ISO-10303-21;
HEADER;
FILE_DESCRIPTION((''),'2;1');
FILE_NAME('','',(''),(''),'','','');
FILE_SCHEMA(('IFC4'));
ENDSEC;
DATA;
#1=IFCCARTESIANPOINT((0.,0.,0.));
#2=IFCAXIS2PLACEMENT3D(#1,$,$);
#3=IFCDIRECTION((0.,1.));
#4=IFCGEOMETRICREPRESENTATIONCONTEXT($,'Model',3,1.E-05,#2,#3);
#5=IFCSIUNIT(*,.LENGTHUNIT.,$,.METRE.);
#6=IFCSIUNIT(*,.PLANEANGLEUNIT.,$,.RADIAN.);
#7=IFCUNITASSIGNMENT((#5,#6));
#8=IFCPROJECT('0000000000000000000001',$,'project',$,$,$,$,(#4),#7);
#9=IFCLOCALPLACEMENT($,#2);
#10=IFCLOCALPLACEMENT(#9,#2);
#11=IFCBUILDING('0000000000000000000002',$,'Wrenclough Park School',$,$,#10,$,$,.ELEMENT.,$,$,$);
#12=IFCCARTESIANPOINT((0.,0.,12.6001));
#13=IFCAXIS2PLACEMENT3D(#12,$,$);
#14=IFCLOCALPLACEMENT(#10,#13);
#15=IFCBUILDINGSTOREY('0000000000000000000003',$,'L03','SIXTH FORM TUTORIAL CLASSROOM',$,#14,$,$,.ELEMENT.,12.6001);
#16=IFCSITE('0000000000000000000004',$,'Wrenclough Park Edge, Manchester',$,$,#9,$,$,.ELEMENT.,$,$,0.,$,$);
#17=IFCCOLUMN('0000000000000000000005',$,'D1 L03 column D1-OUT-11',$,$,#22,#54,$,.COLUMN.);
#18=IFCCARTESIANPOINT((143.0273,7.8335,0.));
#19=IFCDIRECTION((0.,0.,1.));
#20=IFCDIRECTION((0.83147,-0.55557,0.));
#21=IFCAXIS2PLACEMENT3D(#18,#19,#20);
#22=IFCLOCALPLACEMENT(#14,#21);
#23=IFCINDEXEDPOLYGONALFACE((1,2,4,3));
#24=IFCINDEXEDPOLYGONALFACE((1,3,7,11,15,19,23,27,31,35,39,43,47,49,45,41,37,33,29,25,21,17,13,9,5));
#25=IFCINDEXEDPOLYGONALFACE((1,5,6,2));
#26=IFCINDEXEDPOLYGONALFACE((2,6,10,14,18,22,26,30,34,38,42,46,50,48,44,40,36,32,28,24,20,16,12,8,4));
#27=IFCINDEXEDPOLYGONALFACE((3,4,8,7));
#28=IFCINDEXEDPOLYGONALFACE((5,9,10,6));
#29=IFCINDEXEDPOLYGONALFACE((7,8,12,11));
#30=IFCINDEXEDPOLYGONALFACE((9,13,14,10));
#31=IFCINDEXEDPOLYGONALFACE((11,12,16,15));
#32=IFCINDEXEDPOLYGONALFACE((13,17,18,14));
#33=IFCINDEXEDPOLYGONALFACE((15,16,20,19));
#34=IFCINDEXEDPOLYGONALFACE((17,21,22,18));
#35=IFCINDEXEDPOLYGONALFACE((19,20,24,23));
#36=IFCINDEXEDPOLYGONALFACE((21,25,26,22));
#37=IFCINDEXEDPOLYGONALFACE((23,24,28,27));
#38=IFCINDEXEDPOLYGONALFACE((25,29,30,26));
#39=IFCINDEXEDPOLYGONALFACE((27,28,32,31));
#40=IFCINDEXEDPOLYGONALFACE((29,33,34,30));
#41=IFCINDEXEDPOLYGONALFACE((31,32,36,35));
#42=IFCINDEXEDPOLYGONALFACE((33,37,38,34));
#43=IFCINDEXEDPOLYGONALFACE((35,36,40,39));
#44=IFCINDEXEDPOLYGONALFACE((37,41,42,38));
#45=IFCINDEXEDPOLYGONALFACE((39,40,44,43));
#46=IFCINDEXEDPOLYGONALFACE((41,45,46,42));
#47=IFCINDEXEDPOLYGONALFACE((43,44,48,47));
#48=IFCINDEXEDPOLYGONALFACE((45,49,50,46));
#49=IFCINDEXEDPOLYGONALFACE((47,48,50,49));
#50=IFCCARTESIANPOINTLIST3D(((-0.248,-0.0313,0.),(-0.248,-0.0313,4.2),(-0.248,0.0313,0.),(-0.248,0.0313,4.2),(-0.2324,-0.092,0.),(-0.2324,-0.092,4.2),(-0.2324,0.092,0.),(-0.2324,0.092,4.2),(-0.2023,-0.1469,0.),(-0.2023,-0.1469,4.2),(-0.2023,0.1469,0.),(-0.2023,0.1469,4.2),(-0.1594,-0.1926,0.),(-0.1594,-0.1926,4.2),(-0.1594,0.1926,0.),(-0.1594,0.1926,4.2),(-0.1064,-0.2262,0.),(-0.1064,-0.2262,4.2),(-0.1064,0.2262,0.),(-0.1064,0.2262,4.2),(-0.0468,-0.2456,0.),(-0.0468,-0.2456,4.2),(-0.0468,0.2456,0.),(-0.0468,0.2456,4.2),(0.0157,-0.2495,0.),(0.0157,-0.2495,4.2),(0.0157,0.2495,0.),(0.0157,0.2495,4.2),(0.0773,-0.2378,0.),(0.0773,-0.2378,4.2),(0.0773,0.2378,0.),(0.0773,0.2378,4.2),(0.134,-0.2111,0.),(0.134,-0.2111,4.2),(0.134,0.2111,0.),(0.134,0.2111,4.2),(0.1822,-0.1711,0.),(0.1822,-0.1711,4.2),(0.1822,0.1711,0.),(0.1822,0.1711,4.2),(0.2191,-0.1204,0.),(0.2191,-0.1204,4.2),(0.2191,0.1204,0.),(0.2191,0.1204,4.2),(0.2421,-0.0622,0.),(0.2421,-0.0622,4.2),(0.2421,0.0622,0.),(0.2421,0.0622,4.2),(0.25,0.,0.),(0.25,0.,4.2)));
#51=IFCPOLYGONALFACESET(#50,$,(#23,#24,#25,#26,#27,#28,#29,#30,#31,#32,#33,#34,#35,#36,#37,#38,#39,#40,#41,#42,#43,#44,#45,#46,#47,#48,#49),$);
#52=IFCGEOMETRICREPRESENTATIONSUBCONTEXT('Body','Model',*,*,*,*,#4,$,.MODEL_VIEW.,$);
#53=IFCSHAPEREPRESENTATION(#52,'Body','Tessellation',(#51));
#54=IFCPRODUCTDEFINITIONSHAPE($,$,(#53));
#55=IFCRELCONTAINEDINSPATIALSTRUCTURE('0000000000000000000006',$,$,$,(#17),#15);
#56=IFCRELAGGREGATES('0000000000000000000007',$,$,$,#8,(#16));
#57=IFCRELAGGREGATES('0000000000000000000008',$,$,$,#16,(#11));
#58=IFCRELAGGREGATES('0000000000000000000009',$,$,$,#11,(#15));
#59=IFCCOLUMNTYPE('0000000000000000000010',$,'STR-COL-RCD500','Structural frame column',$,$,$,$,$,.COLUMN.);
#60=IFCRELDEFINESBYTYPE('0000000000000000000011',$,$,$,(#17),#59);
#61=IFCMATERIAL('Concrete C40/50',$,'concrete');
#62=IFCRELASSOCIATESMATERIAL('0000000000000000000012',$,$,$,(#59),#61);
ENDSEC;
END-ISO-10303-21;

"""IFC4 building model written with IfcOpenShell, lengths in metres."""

from ifc_helpers import new_model, si_unit, direction, frame, origin, origin_2d, place, context, subcontext, project, spatial, circle, extrude, material, material_profile, profile_set, type_object, element, save


model = new_model("IFC4")

# Units and contexts
model_context = context("Model", 3, precision=1e-05, world=origin(), true_north=direction((0.0, 1.0)))
body_context = subcontext(model_context, "Body", "Model", "MODEL_VIEW")
ifc_project = project(units=[si_unit("LENGTHUNIT", "METRE"), si_unit("PLANEANGLEUNIT", "RADIAN")], contexts=[model_context])

# Site, building, storey
site_placement = place(None, origin())
site = spatial("IfcSite", under=ifc_project, at=site_placement, Name="Wrenclough Park Edge, Manchester", CompositionType="ELEMENT", RefElevation=0.0)
building_placement = place(site_placement, origin())
building = spatial("IfcBuilding", under=site, at=building_placement, Name="Wrenclough Park School", CompositionType="ELEMENT")
storey_placement = place(building_placement, frame((0.0, 0.0, 12.6001)))
storey = spatial("IfcBuildingStorey", under=building, at=storey_placement, Name="L03", Description="SIXTH FORM TUTORIAL CLASSROOM", CompositionType="ELEMENT", Elevation=12.6001)

# Column
ifc_material_1 = material(Name="Concrete C40/50", Category="concrete")
ifc_material_profile_1 = material_profile(ifc_material_1, circle(Radius=0.25, at=origin_2d()), Name="RC COL D500")
ifc_profile_set_1 = profile_set([ifc_material_profile_1], Name="Concrete C40/50")
column_type = type_object("IfcColumnType", Name="STR-COL-RCD500", Description="Structural frame column", PredefinedType="COLUMN", material=ifc_profile_set_1)
column_placement = place(storey_placement, frame((143.0273, 7.8335, 0.0), z_axis=(0.0, 0.0, 1.0), x_axis=(0.83147, -0.55557, 0.0)))
element("IfcColumn", 1, at=column_placement, inside=storey, type_object=column_type, Name="D1 L03 column D1-OUT-11", PredefinedType="COLUMN", context=body_context, shape_type="SweptSolid", body=[
    extrude(circle(Radius=0.25, at=origin_2d()), origin(), (0.0, 0.0, 1.0), 4.2),
])

save(model, "model.ifc")
